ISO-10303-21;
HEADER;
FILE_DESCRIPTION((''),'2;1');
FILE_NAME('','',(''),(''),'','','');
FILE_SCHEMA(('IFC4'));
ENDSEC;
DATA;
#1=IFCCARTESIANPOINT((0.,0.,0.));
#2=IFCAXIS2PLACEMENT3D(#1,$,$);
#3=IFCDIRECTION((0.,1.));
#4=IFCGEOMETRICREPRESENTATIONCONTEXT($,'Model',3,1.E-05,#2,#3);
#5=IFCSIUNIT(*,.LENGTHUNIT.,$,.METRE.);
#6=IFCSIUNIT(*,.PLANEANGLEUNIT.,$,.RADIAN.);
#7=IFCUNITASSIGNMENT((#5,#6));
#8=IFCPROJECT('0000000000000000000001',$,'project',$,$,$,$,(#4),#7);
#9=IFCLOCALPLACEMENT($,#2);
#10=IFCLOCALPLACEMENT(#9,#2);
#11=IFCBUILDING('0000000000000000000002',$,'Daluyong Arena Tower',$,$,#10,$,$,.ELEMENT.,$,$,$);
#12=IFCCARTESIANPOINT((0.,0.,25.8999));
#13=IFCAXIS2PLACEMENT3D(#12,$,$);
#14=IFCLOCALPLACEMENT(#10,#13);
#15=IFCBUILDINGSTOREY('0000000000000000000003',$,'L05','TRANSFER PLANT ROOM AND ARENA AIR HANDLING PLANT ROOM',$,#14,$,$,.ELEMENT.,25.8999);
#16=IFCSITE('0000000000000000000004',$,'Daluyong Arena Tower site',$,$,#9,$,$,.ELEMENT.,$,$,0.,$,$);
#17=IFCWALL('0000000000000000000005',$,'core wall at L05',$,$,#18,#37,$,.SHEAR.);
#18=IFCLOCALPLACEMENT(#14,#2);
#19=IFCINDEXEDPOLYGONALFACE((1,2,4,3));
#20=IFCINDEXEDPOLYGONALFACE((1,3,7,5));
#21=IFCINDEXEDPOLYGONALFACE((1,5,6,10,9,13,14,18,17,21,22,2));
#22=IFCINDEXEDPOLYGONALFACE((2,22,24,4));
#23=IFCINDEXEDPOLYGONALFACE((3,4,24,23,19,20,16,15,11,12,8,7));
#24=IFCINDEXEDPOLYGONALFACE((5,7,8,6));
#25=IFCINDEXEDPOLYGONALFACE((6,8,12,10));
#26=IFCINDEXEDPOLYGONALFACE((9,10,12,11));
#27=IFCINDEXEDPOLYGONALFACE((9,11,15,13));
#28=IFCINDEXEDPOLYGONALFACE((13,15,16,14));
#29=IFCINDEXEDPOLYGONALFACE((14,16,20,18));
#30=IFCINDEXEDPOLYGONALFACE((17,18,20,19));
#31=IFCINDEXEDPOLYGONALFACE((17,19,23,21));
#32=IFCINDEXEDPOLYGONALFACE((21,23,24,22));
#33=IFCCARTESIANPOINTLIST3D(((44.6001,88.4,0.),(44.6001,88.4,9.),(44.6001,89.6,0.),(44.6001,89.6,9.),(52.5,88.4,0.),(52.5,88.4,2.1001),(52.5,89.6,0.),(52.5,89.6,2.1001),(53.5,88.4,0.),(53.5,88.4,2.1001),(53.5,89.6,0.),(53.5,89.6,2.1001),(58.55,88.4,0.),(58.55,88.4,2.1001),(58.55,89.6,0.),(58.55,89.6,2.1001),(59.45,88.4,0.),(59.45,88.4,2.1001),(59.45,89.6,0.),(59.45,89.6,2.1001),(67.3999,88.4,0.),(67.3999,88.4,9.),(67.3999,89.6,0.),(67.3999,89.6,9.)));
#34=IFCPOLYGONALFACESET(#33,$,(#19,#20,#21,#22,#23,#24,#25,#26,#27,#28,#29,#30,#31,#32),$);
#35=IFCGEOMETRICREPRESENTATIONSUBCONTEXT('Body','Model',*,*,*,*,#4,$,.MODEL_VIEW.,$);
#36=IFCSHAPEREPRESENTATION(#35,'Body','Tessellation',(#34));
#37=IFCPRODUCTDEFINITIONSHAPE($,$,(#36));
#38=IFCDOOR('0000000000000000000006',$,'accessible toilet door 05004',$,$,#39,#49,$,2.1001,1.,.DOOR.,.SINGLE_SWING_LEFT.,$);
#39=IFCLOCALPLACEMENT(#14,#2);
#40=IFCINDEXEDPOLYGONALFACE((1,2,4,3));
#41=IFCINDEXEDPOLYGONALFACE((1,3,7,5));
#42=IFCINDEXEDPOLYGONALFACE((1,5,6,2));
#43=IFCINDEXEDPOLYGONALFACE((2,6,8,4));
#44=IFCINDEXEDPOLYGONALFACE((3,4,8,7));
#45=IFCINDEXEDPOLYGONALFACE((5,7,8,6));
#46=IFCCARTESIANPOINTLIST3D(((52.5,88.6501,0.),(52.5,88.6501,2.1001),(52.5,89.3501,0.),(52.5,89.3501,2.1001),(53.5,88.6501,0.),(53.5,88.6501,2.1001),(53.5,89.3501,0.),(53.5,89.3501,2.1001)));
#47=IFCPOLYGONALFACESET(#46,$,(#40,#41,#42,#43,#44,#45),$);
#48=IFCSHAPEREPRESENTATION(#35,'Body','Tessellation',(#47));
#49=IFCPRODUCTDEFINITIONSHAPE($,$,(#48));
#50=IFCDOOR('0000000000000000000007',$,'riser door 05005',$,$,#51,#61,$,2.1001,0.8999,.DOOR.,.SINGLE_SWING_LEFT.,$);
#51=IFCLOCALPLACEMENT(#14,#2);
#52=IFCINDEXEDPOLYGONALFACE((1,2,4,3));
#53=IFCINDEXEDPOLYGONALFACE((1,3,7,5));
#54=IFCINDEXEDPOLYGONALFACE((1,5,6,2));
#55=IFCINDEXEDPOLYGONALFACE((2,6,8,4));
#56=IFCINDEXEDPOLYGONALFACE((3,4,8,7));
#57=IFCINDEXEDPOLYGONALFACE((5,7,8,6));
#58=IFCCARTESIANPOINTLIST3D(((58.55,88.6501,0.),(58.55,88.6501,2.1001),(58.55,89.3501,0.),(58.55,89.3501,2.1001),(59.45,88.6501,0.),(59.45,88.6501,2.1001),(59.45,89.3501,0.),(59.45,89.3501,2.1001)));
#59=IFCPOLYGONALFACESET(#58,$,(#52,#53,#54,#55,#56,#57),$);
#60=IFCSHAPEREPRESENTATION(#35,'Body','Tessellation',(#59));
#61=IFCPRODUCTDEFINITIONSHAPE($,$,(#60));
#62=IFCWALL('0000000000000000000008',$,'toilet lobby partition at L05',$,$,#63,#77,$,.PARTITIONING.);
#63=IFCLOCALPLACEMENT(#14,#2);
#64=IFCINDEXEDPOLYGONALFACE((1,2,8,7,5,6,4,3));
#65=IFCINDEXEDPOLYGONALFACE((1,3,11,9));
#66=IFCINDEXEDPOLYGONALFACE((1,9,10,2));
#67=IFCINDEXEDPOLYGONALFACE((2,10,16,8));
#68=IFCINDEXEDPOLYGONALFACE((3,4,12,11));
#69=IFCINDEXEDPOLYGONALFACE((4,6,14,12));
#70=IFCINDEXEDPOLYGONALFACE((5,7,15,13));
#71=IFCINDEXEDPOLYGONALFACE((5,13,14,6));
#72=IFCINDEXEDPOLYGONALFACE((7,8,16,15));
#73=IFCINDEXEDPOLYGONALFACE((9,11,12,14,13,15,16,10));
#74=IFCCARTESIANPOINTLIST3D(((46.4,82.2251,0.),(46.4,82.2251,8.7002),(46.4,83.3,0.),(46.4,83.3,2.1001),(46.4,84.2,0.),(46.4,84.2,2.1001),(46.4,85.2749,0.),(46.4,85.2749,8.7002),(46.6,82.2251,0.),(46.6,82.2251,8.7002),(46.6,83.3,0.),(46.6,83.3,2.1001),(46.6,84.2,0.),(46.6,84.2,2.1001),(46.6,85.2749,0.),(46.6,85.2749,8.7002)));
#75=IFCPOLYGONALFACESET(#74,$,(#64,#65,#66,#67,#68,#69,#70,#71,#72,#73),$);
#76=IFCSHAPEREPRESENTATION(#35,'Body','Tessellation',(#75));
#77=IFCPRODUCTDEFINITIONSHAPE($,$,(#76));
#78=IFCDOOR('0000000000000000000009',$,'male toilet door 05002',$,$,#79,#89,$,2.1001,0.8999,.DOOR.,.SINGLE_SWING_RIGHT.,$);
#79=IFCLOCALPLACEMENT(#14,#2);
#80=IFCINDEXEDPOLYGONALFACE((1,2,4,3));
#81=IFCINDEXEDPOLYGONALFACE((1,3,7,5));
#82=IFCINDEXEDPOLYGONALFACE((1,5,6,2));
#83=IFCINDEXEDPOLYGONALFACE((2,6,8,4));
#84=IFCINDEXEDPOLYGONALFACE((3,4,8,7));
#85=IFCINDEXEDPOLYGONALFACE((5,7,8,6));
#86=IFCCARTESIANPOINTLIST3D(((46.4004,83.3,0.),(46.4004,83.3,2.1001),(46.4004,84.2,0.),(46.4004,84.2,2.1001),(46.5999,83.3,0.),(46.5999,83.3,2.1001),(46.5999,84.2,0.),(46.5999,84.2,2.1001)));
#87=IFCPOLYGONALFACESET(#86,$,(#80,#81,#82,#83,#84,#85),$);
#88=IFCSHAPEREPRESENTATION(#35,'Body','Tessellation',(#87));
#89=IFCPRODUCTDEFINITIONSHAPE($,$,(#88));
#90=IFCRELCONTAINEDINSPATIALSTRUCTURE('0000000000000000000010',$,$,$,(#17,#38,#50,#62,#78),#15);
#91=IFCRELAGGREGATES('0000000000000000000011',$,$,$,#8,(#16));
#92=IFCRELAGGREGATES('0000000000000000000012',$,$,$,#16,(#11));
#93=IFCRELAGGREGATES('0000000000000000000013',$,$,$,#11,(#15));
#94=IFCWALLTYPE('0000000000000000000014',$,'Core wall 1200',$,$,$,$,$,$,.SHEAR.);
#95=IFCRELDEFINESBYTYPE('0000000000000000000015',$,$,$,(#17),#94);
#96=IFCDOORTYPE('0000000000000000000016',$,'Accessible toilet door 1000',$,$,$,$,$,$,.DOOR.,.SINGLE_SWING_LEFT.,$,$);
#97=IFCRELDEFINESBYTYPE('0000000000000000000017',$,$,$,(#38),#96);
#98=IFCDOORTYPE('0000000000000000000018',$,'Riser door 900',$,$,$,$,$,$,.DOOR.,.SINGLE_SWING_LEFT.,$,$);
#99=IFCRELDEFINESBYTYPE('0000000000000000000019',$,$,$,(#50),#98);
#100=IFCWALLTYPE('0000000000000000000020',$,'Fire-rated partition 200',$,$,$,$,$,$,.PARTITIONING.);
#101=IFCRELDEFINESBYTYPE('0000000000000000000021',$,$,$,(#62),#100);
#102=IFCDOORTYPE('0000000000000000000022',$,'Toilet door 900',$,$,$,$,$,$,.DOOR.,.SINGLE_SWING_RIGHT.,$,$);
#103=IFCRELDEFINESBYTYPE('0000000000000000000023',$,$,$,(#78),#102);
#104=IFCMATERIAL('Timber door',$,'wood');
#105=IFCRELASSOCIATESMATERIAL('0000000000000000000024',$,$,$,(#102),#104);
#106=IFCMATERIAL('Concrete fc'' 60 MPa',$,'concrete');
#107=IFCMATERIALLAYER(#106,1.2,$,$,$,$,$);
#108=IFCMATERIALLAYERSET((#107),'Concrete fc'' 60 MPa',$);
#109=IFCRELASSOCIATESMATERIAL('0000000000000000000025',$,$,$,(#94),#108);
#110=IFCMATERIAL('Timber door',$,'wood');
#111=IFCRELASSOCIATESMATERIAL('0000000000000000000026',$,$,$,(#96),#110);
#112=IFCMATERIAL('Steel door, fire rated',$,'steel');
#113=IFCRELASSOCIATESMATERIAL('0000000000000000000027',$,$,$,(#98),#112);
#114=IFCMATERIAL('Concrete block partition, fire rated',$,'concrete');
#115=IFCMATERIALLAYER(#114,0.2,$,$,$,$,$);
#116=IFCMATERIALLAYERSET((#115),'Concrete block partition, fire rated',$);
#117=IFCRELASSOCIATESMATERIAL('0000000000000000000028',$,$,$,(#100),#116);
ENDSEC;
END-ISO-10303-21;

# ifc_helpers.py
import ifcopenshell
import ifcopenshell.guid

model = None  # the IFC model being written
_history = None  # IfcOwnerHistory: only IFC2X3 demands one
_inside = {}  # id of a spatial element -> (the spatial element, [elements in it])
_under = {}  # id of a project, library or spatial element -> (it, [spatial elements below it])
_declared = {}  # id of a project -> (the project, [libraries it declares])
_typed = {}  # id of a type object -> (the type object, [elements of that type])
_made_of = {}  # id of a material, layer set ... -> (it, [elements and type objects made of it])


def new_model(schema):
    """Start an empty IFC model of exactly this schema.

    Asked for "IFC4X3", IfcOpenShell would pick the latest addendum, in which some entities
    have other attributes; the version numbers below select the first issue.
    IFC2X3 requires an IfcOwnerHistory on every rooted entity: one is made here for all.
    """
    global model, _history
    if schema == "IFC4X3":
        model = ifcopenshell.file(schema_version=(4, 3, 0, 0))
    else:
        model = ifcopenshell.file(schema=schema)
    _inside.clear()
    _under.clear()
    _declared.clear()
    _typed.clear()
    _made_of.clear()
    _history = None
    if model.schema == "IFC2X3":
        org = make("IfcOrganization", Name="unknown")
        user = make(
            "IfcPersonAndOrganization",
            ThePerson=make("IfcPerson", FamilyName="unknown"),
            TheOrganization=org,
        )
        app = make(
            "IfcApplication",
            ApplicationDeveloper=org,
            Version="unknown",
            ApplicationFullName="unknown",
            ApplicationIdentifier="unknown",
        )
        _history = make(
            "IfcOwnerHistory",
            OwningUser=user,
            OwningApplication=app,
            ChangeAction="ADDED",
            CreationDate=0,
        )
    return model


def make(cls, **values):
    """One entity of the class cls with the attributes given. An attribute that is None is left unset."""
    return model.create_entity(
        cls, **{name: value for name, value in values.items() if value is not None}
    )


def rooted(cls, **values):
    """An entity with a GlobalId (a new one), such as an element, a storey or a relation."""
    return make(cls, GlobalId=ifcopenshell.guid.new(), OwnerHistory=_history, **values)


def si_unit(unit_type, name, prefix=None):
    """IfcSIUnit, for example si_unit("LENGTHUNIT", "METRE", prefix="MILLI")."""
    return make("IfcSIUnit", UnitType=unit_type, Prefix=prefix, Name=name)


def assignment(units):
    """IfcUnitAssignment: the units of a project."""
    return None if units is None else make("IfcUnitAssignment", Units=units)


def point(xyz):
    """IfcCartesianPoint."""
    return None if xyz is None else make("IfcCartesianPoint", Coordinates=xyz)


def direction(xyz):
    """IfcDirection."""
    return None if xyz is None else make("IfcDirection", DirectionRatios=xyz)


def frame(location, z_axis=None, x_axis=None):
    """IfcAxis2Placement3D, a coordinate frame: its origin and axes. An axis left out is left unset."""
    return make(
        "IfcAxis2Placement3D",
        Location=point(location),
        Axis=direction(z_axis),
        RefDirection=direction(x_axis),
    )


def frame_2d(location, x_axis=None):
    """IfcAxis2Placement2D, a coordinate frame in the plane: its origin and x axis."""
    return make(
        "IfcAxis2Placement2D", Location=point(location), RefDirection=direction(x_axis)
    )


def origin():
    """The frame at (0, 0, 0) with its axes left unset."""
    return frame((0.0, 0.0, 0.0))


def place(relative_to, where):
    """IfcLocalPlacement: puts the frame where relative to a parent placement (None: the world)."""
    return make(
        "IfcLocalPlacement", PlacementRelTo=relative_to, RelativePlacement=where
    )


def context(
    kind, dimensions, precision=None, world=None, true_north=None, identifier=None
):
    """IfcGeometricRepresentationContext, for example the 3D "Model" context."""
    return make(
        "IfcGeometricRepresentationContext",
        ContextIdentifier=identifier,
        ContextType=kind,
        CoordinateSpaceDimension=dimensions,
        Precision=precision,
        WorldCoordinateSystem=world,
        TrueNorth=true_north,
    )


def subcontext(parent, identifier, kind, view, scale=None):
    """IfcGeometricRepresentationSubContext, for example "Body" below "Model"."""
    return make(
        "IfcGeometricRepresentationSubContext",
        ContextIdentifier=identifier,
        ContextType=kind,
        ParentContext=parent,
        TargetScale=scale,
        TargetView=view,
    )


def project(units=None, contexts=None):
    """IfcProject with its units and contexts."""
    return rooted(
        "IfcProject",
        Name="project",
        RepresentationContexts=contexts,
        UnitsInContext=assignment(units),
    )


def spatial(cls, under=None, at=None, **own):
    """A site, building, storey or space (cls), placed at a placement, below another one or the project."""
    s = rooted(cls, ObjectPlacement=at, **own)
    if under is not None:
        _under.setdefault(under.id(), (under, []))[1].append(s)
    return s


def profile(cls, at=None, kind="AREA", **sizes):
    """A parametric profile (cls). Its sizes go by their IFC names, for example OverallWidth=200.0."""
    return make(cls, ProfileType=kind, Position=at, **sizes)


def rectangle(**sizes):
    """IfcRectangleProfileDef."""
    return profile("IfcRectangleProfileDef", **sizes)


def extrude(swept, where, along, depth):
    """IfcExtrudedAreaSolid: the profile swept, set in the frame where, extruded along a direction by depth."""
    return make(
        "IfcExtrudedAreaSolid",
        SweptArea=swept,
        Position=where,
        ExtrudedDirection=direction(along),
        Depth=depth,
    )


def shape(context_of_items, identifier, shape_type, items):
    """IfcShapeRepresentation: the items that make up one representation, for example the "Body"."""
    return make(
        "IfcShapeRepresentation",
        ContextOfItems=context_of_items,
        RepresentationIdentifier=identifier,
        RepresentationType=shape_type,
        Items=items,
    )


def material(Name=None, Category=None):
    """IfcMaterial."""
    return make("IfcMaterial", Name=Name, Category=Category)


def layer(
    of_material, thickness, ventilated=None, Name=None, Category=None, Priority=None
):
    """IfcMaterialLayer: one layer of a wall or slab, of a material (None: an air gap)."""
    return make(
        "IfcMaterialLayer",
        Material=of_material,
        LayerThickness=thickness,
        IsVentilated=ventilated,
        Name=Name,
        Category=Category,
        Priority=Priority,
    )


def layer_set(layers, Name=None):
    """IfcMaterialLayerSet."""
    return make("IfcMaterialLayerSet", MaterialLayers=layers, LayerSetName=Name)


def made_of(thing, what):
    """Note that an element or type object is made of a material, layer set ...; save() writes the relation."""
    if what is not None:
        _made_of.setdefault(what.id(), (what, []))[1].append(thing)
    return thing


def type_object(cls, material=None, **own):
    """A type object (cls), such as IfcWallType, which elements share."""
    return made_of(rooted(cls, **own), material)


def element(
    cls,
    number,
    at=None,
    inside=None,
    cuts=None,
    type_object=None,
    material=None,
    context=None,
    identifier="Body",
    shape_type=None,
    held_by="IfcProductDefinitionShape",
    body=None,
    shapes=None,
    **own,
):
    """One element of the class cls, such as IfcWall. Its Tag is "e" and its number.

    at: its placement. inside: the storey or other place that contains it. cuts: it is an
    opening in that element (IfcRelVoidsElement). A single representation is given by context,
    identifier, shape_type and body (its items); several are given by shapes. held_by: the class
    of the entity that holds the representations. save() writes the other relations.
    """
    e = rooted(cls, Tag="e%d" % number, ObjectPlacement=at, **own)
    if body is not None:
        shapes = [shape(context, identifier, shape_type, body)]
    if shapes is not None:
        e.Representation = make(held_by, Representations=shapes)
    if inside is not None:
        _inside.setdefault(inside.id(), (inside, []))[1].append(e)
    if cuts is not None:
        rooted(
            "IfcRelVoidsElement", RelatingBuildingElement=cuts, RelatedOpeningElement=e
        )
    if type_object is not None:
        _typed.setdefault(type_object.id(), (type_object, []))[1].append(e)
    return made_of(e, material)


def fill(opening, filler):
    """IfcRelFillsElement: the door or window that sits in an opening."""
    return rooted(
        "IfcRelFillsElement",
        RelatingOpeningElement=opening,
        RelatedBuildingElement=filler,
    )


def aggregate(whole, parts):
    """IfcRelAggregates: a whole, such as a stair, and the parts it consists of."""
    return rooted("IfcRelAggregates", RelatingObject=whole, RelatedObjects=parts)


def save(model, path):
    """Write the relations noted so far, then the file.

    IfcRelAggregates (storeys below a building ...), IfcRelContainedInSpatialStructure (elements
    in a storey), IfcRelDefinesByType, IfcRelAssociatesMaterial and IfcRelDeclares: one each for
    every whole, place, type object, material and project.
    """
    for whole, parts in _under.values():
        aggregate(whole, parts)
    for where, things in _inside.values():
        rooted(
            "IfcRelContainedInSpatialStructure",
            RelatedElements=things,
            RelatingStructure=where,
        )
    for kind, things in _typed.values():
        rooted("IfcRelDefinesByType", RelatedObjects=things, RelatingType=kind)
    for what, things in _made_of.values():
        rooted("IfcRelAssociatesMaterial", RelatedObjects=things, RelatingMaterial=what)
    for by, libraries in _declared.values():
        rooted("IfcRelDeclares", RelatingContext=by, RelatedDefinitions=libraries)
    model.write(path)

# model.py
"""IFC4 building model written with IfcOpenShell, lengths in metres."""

from ifc_helpers import new_model, si_unit, direction, frame, frame_2d, origin, place, context, subcontext, project, spatial, rectangle, extrude, material, layer, layer_set, type_object, element, fill, save


model = new_model("IFC4")

# Units and contexts
model_context = context("Model", 3, precision=1e-05, world=origin(), true_north=direction((0.0, 1.0)))
body_context = subcontext(model_context, "Body", "Model", "MODEL_VIEW")
ifc_project = project(units=[si_unit("LENGTHUNIT", "METRE"), si_unit("PLANEANGLEUNIT", "RADIAN")], contexts=[model_context])

# Site, building, storey
site_placement = place(None, origin())
site = spatial("IfcSite", under=ifc_project, at=site_placement, Name="Daluyong Arena Tower site", CompositionType="ELEMENT", RefElevation=0.0)
building_placement = place(site_placement, origin())
building = spatial("IfcBuilding", under=site, at=building_placement, Name="Daluyong Arena Tower", CompositionType="ELEMENT")
storey_placement = place(building_placement, frame((0.0, 0.0, 25.8999)))
storey = spatial("IfcBuildingStorey", under=building, at=storey_placement, Name="L05", Description="TRANSFER PLANT ROOM AND ARENA AIR HANDLING PLANT ROOM", CompositionType="ELEMENT", Elevation=25.8999)

# Shared definitions
ifc_material_1 = material(Name="Timber door", Category="wood")
door_type_1 = type_object("IfcDoorType", Name="Toilet door 900", OperationType="SINGLE_SWING_RIGHT", PredefinedType="DOOR", material=ifc_material_1)

# Wall, openings, doors
ifc_material_2 = material(Name="Concrete fc' 60 MPa", Category="concrete")
ifc_layer_1 = layer(ifc_material_2, 1.2)
ifc_layer_set_1 = layer_set([ifc_layer_1], Name="Concrete fc' 60 MPa")
wall_type_1 = type_object("IfcWallType", Name="Core wall 1200", PredefinedType="SHEAR", material=ifc_layer_set_1)
wall_1_placement = place(storey_placement, frame((44.6001, 89.0, 0.0), z_axis=(0.0, 0.0, 1.0), x_axis=(1.0, 0.0, 0.0)))
wall_1 = element("IfcWall", 1, at=wall_1_placement, inside=storey, type_object=wall_type_1, Name="core wall at L05", PredefinedType="SHEAR", context=body_context, shape_type="SweptSolid", body=[
    extrude(rectangle(XDim=22.7998, YDim=1.2, at=frame_2d((11.3999, 0.0))), origin(), (0.0, 0.0, 1.0), 9.0),
])
opening_1_placement = place(wall_1_placement, frame((7.8999, 0.0, 0.0)))
opening_1 = element("IfcOpeningElement", 2, at=opening_1_placement, cuts=wall_1, PredefinedType="OPENING", context=body_context, shape_type="SweptSolid", body=[
    extrude(rectangle(XDim=1.0, YDim=2.1001, at=frame_2d((0.5, 1.05))), frame((0.0, 0.6099, 0.0), z_axis=(0.0, -1.0, 0.0), x_axis=(1.0, 0.0, 0.0)), (0.0, 0.0, 1.0), 1.22),
])
opening_2_placement = place(wall_1_placement, frame((13.95, 0.0, 0.0)))
opening_2 = element("IfcOpeningElement", 3, at=opening_2_placement, cuts=wall_1, PredefinedType="OPENING", context=body_context, shape_type="SweptSolid", body=[
    extrude(rectangle(XDim=0.8999, YDim=2.1001, at=frame_2d((0.45, 1.05))), frame((0.0, 0.6099, 0.0), z_axis=(0.0, -1.0, 0.0), x_axis=(1.0, 0.0, 0.0)), (0.0, 0.0, 1.0), 1.22),
])
ifc_material_3 = material(Name="Timber door", Category="wood")
door_type_2 = type_object("IfcDoorType", Name="Accessible toilet door 1000", OperationType="SINGLE_SWING_LEFT", PredefinedType="DOOR", material=ifc_material_3)
door_1_placement = place(opening_1_placement, origin())
door_1 = element("IfcDoor", 4, at=door_1_placement, inside=storey, type_object=door_type_2, Name="accessible toilet door 05004", OperationType="SINGLE_SWING_LEFT", OverallHeight=2.1001, OverallWidth=1.0, PredefinedType="DOOR", context=body_context, shape_type="SweptSolid", body=[
    extrude(rectangle(XDim=1.0, YDim=2.1001, at=frame_2d((0.5, 1.05))), frame((0.0, 0.3501, 0.0), z_axis=(0.0, -1.0, 0.0), x_axis=(1.0, 0.0, 0.0)), (0.0, 0.0, 1.0), 0.7),
])
fill(opening_1, door_1)
ifc_material_4 = material(Name="Steel door, fire rated", Category="steel")
door_type_3 = type_object("IfcDoorType", Name="Riser door 900", OperationType="SINGLE_SWING_LEFT", PredefinedType="DOOR", material=ifc_material_4)
door_2_placement = place(opening_2_placement, origin())
door_2 = element("IfcDoor", 5, at=door_2_placement, inside=storey, type_object=door_type_3, Name="riser door 05005", OperationType="SINGLE_SWING_LEFT", OverallHeight=2.1001, OverallWidth=0.8999, PredefinedType="DOOR", context=body_context, shape_type="SweptSolid", body=[
    extrude(rectangle(XDim=0.8999, YDim=2.1001, at=frame_2d((0.45, 1.05))), frame((0.0, 0.3501, 0.0), z_axis=(0.0, -1.0, 0.0), x_axis=(1.0, 0.0, 0.0)), (0.0, 0.0, 1.0), 0.7),
])
fill(opening_2, door_2)

# Wall, opening, door
ifc_material_5 = material(Name="Concrete block partition, fire rated", Category="concrete")
ifc_layer_2 = layer(ifc_material_5, 0.2)
ifc_layer_set_2 = layer_set([ifc_layer_2], Name="Concrete block partition, fire rated")
wall_type_2 = type_object("IfcWallType", Name="Fire-rated partition 200", PredefinedType="PARTITIONING", material=ifc_layer_set_2)
wall_2_placement = place(storey_placement, frame((46.5, 82.2251, 0.0), z_axis=(0.0, 0.0, 1.0), x_axis=(0.0, 1.0, 0.0)))
wall_2 = element("IfcWall", 6, at=wall_2_placement, inside=storey, type_object=wall_type_2, Name="toilet lobby partition at L05", PredefinedType="PARTITIONING", context=body_context, shape_type="SweptSolid", body=[
    extrude(rectangle(XDim=3.0498, YDim=0.2, at=frame_2d((1.5249, 0.0))), origin(), (0.0, 0.0, 1.0), 8.7002),
])
opening_3_placement = place(wall_2_placement, frame((1.075, 0.0, 0.0)))
opening_3 = element("IfcOpeningElement", 7, at=opening_3_placement, cuts=wall_2, PredefinedType="OPENING", context=body_context, shape_type="SweptSolid", body=[
    extrude(rectangle(XDim=0.8999, YDim=2.1001, at=frame_2d((0.45, 1.05))), frame((0.0, 0.1099, 0.0), z_axis=(0.0, -1.0, 0.0), x_axis=(1.0, 0.0, 0.0)), (0.0, 0.0, 1.0), 0.22),
])
door_3_placement = place(opening_3_placement, origin())
door_3 = element("IfcDoor", 8, at=door_3_placement, inside=storey, type_object=door_type_1, Name="male toilet door 05002", OperationType="SINGLE_SWING_RIGHT", OverallHeight=2.1001, OverallWidth=0.8999, PredefinedType="DOOR", context=body_context, shape_type="SweptSolid", body=[
    extrude(rectangle(XDim=0.8999, YDim=2.1001, at=frame_2d((0.45, 1.05))), frame((0.0, 0.0996, 0.0), z_axis=(0.0, -1.0, 0.0), x_axis=(1.0, 0.0, 0.0)), (0.0, 0.0, 1.0), 0.1995),
])
fill(opening_3, door_3)

save(model, "model.ifc")
